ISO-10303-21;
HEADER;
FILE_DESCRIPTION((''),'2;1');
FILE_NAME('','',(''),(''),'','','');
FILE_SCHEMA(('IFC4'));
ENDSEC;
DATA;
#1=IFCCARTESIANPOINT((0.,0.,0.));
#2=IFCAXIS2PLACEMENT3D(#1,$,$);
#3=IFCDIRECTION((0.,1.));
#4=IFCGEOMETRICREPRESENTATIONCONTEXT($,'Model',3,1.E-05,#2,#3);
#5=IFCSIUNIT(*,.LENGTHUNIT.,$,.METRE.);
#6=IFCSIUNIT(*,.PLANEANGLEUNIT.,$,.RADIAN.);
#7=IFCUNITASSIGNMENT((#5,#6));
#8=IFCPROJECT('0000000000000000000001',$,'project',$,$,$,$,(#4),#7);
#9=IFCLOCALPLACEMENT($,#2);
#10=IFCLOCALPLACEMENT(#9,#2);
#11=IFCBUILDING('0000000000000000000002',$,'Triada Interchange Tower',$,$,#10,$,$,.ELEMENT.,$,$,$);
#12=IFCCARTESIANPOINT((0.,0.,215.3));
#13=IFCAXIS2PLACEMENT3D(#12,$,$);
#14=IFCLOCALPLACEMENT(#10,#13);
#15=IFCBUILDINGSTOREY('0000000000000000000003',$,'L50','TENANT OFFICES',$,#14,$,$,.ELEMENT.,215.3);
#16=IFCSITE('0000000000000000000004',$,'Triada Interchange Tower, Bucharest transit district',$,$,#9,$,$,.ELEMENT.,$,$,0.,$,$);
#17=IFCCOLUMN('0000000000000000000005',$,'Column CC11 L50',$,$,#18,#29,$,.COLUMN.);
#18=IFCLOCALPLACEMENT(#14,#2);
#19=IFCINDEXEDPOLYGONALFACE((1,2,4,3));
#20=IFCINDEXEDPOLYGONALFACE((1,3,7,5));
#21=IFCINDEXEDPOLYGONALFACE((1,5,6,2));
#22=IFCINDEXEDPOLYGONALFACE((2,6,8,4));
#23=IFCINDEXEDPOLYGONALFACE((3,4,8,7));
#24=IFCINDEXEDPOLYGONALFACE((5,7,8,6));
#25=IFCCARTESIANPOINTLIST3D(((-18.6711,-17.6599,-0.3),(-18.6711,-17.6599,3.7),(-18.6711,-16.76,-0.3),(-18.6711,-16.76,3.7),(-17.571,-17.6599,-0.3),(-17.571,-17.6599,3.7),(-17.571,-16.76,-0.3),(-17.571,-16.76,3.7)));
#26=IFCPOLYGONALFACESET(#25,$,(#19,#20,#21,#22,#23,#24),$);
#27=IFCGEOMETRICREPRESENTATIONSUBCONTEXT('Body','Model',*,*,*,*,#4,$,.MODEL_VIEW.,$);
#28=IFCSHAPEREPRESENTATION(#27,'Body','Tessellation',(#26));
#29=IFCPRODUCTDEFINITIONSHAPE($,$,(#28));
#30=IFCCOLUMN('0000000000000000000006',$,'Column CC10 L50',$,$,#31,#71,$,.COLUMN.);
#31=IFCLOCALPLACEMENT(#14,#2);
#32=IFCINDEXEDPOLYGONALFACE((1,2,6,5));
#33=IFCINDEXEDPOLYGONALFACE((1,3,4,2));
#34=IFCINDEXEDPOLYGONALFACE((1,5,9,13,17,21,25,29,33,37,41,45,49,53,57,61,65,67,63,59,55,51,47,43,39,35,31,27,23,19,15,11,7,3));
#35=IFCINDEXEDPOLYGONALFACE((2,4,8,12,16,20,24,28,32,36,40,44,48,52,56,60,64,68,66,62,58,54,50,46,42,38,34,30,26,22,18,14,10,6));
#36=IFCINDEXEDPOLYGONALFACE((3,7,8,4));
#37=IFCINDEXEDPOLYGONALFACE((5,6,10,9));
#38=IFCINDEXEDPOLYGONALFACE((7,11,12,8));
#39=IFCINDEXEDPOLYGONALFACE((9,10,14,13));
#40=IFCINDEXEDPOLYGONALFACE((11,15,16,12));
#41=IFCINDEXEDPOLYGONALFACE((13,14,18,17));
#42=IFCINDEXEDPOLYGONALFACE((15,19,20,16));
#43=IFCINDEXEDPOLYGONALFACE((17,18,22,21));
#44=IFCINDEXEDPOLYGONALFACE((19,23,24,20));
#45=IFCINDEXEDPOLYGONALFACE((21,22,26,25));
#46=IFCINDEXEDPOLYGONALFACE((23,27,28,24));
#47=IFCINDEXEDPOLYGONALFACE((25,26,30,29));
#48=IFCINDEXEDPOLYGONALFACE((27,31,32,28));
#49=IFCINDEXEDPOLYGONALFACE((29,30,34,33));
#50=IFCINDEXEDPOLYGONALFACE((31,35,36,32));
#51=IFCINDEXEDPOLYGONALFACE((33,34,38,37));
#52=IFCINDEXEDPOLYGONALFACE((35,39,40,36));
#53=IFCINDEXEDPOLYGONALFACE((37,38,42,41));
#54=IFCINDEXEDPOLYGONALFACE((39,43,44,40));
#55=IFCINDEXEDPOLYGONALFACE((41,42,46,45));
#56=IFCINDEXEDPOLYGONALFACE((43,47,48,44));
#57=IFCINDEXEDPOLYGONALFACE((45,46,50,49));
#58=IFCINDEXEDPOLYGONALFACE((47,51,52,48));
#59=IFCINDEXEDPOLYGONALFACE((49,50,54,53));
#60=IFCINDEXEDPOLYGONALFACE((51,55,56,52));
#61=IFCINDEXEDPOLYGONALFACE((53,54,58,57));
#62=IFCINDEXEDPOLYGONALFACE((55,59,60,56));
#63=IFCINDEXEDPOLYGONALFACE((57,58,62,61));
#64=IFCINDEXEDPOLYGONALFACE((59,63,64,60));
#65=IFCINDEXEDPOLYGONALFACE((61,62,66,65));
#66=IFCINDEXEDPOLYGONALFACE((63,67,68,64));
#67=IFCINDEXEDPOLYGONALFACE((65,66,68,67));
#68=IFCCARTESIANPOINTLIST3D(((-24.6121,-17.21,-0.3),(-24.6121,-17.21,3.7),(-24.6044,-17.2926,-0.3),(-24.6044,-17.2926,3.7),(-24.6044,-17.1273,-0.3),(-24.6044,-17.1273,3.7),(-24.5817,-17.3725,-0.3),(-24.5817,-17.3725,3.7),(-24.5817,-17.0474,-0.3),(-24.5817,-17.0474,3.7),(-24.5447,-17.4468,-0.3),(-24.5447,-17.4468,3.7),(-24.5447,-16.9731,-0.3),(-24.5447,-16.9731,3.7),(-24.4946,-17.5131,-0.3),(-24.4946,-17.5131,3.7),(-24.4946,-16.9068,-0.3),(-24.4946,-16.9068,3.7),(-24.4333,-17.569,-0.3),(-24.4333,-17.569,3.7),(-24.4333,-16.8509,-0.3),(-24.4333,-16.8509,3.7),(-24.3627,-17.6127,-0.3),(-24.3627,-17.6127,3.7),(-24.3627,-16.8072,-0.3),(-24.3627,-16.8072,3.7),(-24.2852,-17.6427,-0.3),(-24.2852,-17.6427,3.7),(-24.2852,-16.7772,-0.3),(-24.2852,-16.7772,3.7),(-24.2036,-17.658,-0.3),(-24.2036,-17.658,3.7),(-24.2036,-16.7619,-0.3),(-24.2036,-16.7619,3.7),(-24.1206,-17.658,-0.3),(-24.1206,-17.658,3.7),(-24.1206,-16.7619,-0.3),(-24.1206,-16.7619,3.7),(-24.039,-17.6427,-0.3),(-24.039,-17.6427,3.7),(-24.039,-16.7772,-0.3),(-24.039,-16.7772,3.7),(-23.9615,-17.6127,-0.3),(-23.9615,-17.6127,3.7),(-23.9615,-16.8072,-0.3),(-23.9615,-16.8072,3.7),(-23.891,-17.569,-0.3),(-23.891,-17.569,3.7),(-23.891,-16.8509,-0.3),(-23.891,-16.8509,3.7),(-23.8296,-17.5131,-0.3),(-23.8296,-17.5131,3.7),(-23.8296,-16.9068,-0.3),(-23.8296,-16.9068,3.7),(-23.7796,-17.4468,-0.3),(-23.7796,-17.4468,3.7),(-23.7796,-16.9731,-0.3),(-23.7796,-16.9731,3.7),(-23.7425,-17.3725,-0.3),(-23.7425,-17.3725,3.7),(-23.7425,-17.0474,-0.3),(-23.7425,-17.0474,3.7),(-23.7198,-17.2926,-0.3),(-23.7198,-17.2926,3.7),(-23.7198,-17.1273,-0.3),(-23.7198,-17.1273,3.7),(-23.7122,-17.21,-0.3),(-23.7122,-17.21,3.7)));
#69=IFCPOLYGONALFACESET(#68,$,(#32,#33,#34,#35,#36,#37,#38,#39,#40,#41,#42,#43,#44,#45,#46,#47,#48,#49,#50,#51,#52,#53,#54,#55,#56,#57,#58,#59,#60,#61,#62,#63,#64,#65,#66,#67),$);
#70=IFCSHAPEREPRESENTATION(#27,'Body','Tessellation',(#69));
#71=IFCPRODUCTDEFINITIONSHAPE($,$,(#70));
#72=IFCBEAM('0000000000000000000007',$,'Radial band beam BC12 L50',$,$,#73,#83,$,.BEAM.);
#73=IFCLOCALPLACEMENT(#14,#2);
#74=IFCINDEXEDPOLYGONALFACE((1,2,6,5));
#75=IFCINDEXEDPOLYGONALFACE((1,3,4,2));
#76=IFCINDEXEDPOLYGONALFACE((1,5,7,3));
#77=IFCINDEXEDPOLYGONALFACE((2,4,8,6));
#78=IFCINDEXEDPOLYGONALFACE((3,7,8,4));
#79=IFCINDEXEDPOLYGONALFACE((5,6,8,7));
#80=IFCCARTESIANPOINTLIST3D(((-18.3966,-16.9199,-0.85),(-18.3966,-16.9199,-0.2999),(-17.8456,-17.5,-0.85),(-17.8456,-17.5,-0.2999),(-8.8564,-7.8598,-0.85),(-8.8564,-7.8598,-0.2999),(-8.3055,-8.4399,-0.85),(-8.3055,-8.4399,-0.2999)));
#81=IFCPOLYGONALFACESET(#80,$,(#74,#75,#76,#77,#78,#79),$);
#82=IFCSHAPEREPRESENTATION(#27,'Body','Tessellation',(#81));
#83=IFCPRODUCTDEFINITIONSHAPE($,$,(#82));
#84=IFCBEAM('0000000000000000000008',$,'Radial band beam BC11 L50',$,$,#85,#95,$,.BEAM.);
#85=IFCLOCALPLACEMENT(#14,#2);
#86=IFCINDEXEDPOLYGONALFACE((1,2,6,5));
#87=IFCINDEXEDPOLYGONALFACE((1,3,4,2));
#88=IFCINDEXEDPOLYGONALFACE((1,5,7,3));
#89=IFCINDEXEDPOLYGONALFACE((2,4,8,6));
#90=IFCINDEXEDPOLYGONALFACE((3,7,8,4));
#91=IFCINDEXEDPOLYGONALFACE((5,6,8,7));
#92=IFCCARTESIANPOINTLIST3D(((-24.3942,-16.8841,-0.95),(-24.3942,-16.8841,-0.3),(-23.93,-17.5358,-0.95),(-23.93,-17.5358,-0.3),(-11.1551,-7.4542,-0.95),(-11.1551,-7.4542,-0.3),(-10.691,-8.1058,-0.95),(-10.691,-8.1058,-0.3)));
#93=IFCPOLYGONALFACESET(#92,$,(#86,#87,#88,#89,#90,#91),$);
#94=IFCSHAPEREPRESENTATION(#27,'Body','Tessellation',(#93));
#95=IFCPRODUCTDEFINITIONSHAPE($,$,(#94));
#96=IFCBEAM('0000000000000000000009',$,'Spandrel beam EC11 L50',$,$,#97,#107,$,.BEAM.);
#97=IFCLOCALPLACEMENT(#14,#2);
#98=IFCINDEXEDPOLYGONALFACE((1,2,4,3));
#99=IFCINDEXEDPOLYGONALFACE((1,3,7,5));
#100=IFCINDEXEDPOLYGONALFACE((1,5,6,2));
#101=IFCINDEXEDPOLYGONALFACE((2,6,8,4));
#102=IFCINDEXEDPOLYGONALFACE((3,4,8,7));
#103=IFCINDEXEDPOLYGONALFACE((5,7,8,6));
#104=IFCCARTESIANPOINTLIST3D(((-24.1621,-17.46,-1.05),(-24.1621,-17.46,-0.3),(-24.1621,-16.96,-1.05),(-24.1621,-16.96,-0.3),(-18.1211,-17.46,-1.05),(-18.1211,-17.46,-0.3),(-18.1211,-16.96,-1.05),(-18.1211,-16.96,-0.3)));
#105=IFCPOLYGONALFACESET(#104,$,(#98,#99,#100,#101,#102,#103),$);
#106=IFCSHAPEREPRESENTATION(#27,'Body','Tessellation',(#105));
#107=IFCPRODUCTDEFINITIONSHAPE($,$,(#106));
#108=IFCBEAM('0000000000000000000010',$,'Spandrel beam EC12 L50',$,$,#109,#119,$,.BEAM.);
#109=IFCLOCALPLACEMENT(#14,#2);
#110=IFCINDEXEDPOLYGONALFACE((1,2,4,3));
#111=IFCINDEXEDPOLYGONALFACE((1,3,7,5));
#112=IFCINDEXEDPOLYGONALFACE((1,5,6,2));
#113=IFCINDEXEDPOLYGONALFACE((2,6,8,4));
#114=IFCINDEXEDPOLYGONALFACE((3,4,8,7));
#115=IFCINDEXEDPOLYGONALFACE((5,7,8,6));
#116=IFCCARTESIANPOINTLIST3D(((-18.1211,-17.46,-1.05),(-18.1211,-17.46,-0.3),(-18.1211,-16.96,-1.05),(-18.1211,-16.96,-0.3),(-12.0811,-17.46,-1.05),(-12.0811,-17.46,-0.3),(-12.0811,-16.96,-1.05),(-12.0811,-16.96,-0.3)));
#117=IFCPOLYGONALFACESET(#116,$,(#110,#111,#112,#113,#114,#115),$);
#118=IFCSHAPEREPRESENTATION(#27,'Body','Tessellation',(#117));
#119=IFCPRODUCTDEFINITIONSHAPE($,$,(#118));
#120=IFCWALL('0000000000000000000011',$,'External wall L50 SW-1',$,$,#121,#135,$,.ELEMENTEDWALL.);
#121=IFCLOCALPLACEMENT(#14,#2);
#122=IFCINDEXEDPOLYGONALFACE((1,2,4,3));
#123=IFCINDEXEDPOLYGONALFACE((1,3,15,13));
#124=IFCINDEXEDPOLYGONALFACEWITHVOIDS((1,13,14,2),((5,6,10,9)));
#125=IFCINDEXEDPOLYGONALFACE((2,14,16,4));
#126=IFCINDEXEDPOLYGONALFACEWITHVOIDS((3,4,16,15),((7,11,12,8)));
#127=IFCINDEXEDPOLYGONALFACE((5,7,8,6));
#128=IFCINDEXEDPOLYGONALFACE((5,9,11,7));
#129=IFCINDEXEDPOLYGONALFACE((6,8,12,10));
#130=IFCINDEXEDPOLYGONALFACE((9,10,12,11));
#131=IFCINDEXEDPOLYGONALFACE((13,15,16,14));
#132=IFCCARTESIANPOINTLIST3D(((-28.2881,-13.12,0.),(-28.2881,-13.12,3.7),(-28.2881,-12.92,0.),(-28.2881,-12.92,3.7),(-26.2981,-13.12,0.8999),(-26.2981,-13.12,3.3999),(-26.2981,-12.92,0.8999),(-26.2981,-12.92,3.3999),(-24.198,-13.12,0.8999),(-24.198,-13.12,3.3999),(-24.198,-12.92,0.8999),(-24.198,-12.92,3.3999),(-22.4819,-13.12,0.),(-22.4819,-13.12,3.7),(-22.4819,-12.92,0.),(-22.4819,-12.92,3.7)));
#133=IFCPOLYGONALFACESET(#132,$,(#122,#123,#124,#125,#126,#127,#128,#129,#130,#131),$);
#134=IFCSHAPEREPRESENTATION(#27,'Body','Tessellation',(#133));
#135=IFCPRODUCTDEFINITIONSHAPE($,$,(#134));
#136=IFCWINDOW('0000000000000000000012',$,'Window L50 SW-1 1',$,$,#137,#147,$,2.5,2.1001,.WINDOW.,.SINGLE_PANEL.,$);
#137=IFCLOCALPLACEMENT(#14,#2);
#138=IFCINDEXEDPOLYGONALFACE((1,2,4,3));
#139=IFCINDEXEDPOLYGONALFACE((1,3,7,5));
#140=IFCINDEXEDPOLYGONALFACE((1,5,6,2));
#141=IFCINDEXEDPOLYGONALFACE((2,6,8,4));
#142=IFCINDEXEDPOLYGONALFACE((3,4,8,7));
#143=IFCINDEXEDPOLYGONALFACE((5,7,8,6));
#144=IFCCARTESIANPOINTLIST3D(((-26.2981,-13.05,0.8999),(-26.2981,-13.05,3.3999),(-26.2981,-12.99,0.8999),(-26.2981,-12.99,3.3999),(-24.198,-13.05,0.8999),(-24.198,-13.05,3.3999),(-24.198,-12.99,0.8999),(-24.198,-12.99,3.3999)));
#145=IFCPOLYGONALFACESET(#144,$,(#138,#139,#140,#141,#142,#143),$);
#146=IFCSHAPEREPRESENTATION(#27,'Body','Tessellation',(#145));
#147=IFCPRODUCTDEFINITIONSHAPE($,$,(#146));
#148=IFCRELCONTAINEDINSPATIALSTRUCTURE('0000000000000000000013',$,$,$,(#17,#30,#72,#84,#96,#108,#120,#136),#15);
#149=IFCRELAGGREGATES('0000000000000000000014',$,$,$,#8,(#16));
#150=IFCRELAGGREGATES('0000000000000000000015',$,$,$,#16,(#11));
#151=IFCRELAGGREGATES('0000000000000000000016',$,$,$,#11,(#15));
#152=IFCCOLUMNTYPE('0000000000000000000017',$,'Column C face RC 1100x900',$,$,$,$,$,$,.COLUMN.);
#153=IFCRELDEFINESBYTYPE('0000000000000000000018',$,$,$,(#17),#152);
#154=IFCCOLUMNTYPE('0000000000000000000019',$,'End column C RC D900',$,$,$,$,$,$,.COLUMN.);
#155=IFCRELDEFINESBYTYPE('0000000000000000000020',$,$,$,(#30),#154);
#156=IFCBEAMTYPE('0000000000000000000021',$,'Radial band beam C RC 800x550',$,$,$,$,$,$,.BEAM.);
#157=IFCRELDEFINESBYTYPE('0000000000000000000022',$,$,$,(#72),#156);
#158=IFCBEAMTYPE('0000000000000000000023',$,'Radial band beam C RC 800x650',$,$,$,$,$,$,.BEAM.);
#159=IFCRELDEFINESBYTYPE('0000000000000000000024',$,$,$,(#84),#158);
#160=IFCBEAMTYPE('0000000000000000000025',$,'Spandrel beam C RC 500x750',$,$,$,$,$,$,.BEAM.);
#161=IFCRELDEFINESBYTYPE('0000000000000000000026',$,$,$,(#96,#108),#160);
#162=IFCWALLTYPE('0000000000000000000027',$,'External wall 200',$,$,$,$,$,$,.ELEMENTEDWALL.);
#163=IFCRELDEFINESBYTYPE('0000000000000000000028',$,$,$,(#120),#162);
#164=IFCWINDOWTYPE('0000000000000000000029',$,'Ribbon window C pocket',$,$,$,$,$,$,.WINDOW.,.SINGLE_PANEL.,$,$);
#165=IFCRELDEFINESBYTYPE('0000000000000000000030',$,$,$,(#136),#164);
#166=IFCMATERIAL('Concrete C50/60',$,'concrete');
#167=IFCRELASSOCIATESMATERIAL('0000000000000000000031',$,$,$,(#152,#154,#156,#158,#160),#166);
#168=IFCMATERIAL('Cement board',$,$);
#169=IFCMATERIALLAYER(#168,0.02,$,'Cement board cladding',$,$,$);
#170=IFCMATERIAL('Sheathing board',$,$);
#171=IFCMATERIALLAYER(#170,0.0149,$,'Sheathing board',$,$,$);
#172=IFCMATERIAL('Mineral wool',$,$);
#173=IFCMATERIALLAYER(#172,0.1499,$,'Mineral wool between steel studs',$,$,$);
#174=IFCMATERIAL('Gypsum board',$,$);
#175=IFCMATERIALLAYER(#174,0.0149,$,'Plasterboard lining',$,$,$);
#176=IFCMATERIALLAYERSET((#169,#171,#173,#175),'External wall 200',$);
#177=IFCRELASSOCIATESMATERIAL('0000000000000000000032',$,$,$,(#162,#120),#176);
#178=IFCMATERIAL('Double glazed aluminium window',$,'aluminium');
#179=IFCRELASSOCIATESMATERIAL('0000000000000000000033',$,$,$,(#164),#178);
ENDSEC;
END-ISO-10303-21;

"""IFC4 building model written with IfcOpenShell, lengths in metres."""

from ifc_helpers import new_model, si_unit, direction, frame, frame_2d, origin, origin_2d, place, context, subcontext, project, spatial, rectangle, circle, extrude, material, layer, layer_set, layer_usage, material_profile, profile_set, type_object, element, fill, save


model = new_model("IFC4")

# Units and contexts
model_context = context("Model", 3, precision=1e-05, world=origin(), true_north=direction((0.0, 1.0)))
body_context = subcontext(model_context, "Body", "Model", "MODEL_VIEW")
ifc_project = project(units=[si_unit("LENGTHUNIT", "METRE"), si_unit("PLANEANGLEUNIT", "RADIAN")], contexts=[model_context])

# Site, building, storey
site_placement = place(None, origin())
site = spatial("IfcSite", under=ifc_project, at=site_placement, Name="Triada Interchange Tower, Bucharest transit district", CompositionType="ELEMENT", RefElevation=0.0)
building_placement = place(site_placement, origin())
building = spatial("IfcBuilding", under=site, at=building_placement, Name="Triada Interchange Tower", CompositionType="ELEMENT")
storey_placement = place(building_placement, frame((0.0, 0.0, 215.3)))
storey = spatial("IfcBuildingStorey", under=building, at=storey_placement, Name="L50", Description="TENANT OFFICES", CompositionType="ELEMENT", Elevation=215.3)

# Columns
ifc_material_1 = material(Name="Concrete C50/60", Category="concrete")
ifc_material_profile_1 = material_profile(ifc_material_1, rectangle(XDim=1.1001, YDim=0.8999, at=origin_2d()), Name="RC 1100x900")
ifc_profile_set_1 = profile_set([ifc_material_profile_1], Name="Concrete C50/60")
column_type_1 = type_object("IfcColumnType", Name="Column C face RC 1100x900", PredefinedType="COLUMN", material=ifc_profile_set_1)
column_1_placement = place(storey_placement, frame((-18.1211, -17.21, -0.3), z_axis=(0.0, 0.0, 1.0), x_axis=(1.0, 0.0, 0.0)))
element("IfcColumn", 1, at=column_1_placement, inside=storey, type_object=column_type_1, Name="Column CC11 L50", PredefinedType="COLUMN", context=body_context, shape_type="SweptSolid", body=[
    extrude(rectangle(XDim=1.1001, YDim=0.8999, at=origin_2d()), origin(), (0.0, 0.0, 1.0), 4.0),
])
ifc_material_profile_2 = material_profile(ifc_material_1, circle(Radius=0.45, at=origin_2d()), Name="RC D900")
ifc_profile_set_2 = profile_set([ifc_material_profile_2], Name="Concrete C50/60")
column_type_2 = type_object("IfcColumnType", Name="End column C RC D900", PredefinedType="COLUMN", material=ifc_profile_set_2)
column_2_placement = place(storey_placement, frame((-24.1621, -17.21, -0.3), z_axis=(0.0, 0.0, 1.0), x_axis=(1.0, 0.0, 0.0)))
element("IfcColumn", 2, at=column_2_placement, inside=storey, type_object=column_type_2, Name="Column CC10 L50", PredefinedType="COLUMN", context=body_context, shape_type="SweptSolid", body=[
    extrude(circle(Radius=0.45, at=origin_2d()), origin(), (0.0, 0.0, 1.0), 4.0),
])

# Beams
ifc_material_profile_3 = material_profile(ifc_material_1, rectangle(XDim=0.8, YDim=0.55, at=origin_2d()), Name="RC 800x550")
ifc_profile_set_3 = profile_set([ifc_material_profile_3], Name="Concrete C50/60")
beam_type_1 = type_object("IfcBeamType", Name="Radial band beam C RC 800x550", PredefinedType="BEAM", material=ifc_profile_set_3)
beam_1_placement = place(storey_placement, frame((-18.1211, -17.21, -0.575), z_axis=(0.725112, 0.68863, 0.0), x_axis=(-0.68863, 0.725112, 0.0)))
element("IfcBeam", 3, at=beam_1_placement, inside=storey, type_object=beam_type_1, Name="Radial band beam BC12 L50", PredefinedType="BEAM", context=body_context, shape_type="SweptSolid", body=[
    extrude(rectangle(XDim=0.8, YDim=0.55, at=origin_2d()), origin(), (0.0, 0.0, 1.0), 13.1567),
])
ifc_material_profile_4 = material_profile(ifc_material_1, rectangle(XDim=0.8, YDim=0.6499, at=origin_2d()), Name="RC 800x650")
ifc_profile_set_4 = profile_set([ifc_material_profile_4], Name="Concrete C50/60")
beam_type_2 = type_object("IfcBeamType", Name="Radial band beam C RC 800x650", PredefinedType="BEAM", material=ifc_profile_set_4)
beam_2_placement = place(storey_placement, frame((-24.1621, -17.21, -0.625), z_axis=(0.814504, 0.580158, 0.0), x_axis=(-0.580158, 0.814504, 0.0)))
element("IfcBeam", 4, at=beam_2_placement, inside=storey, type_object=beam_type_2, Name="Radial band beam BC11 L50", PredefinedType="BEAM", context=body_context, shape_type="SweptSolid", body=[
    extrude(rectangle(XDim=0.8, YDim=0.6499, at=origin_2d()), origin(), (0.0, 0.0, 1.0), 16.2542),
])
ifc_material_profile_5 = material_profile(ifc_material_1, rectangle(XDim=0.5, YDim=0.75, at=origin_2d()), Name="RC 500x750")
ifc_profile_set_5 = profile_set([ifc_material_profile_5], Name="Concrete C50/60")
beam_type_3 = type_object("IfcBeamType", Name="Spandrel beam C RC 500x750", PredefinedType="BEAM", material=ifc_profile_set_5)
beam_3_placement = place(storey_placement, frame((-24.1621, -17.21, -0.675), z_axis=(1.0, 0.0, 0.0), x_axis=(0.0, 1.0, 0.0)))
element("IfcBeam", 5, at=beam_3_placement, inside=storey, type_object=beam_type_3, Name="Spandrel beam EC11 L50", PredefinedType="BEAM", context=body_context, shape_type="SweptSolid", body=[
    extrude(rectangle(XDim=0.5, YDim=0.75, at=origin_2d()), origin(), (0.0, 0.0, 1.0), 6.041),
])
beam_4_placement = place(storey_placement, frame((-18.1211, -17.21, -0.675), z_axis=(1.0, 0.0, 0.0), x_axis=(0.0, 1.0, 0.0)))
element("IfcBeam", 6, at=beam_4_placement, inside=storey, type_object=beam_type_3, Name="Spandrel beam EC12 L50", PredefinedType="BEAM", context=body_context, shape_type="SweptSolid", body=[
    extrude(rectangle(XDim=0.5, YDim=0.75, at=origin_2d()), origin(), (0.0, 0.0, 1.0), 6.04),
])

# Wall, opening, window
ifc_material_2 = material(Name="Cement board")
ifc_layer_1 = layer(ifc_material_2, 0.02, Name="Cement board cladding")
ifc_material_3 = material(Name="Sheathing board")
ifc_layer_2 = layer(ifc_material_3, 0.0149, Name="Sheathing board")
ifc_material_4 = material(Name="Mineral wool")
ifc_layer_3 = layer(ifc_material_4, 0.1499, Name="Mineral wool between steel studs")
ifc_material_5 = material(Name="Gypsum board")
ifc_layer_4 = layer(ifc_material_5, 0.0149, Name="Plasterboard lining")
ifc_layer_set_1 = layer_set([ifc_layer_1, ifc_layer_2, ifc_layer_3, ifc_layer_4], Name="External wall 200")
ifc_layer_usage = layer_usage(ifc_layer_set_1, "AXIS2", "POSITIVE", -0.1001)
wall_type_1 = type_object("IfcWallType", Name="External wall 200", PredefinedType="ELEMENTEDWALL", material=ifc_layer_set_1)
wall_1_placement = place(storey_placement, frame((-28.2881, -13.02, 0.0), z_axis=(0.0, 0.0, 1.0), x_axis=(1.0, 0.0, 0.0)))
wall_1 = element("IfcWall", 7, at=wall_1_placement, inside=storey, type_object=wall_type_1, material=ifc_layer_usage, Name="External wall L50 SW-1", PredefinedType="ELEMENTEDWALL", context=body_context, shape_type="SweptSolid", body=[
    extrude(rectangle(XDim=5.8062, YDim=0.2, at=frame_2d((2.9031, 0.0))), origin(), (0.0, 0.0, 1.0), 3.7),
])
opening_1_placement = place(wall_1_placement, frame((1.99, 0.0, 0.8999)))
opening_1 = element("IfcOpeningElement", 8, at=opening_1_placement, cuts=wall_1, PredefinedType="OPENING", context=body_context, shape_type="SweptSolid", body=[
    extrude(rectangle(XDim=2.1001, YDim=2.5, at=frame_2d((1.05, 1.25))), frame((0.0, 0.1099, 0.0), z_axis=(0.0, -1.0, 0.0), x_axis=(1.0, 0.0, 0.0)), (0.0, 0.0, 1.0), 0.22),
])
ifc_material_6 = material(Name="Double glazed aluminium window", Category="aluminium")
window_type_1 = type_object("IfcWindowType", Name="Ribbon window C pocket", PartitioningType="SINGLE_PANEL", PredefinedType="WINDOW", material=ifc_material_6)
window_1_placement = place(opening_1_placement, origin())
window_1 = element("IfcWindow", 9, at=window_1_placement, inside=storey, type_object=window_type_1, Name="Window L50 SW-1 1", OverallHeight=2.5, OverallWidth=2.1001, PartitioningType="SINGLE_PANEL", PredefinedType="WINDOW", context=body_context, shape_type="SweptSolid", body=[
    extrude(rectangle(XDim=2.1001, YDim=2.5, at=frame_2d((1.05, 1.25))), frame((0.0, 0.03, 0.0), z_axis=(0.0, -1.0, 0.0), x_axis=(1.0, 0.0, 0.0)), (0.0, 0.0, 1.0), 0.0601),
])
fill(opening_1, window_1)

save(model, "model.ifc")
